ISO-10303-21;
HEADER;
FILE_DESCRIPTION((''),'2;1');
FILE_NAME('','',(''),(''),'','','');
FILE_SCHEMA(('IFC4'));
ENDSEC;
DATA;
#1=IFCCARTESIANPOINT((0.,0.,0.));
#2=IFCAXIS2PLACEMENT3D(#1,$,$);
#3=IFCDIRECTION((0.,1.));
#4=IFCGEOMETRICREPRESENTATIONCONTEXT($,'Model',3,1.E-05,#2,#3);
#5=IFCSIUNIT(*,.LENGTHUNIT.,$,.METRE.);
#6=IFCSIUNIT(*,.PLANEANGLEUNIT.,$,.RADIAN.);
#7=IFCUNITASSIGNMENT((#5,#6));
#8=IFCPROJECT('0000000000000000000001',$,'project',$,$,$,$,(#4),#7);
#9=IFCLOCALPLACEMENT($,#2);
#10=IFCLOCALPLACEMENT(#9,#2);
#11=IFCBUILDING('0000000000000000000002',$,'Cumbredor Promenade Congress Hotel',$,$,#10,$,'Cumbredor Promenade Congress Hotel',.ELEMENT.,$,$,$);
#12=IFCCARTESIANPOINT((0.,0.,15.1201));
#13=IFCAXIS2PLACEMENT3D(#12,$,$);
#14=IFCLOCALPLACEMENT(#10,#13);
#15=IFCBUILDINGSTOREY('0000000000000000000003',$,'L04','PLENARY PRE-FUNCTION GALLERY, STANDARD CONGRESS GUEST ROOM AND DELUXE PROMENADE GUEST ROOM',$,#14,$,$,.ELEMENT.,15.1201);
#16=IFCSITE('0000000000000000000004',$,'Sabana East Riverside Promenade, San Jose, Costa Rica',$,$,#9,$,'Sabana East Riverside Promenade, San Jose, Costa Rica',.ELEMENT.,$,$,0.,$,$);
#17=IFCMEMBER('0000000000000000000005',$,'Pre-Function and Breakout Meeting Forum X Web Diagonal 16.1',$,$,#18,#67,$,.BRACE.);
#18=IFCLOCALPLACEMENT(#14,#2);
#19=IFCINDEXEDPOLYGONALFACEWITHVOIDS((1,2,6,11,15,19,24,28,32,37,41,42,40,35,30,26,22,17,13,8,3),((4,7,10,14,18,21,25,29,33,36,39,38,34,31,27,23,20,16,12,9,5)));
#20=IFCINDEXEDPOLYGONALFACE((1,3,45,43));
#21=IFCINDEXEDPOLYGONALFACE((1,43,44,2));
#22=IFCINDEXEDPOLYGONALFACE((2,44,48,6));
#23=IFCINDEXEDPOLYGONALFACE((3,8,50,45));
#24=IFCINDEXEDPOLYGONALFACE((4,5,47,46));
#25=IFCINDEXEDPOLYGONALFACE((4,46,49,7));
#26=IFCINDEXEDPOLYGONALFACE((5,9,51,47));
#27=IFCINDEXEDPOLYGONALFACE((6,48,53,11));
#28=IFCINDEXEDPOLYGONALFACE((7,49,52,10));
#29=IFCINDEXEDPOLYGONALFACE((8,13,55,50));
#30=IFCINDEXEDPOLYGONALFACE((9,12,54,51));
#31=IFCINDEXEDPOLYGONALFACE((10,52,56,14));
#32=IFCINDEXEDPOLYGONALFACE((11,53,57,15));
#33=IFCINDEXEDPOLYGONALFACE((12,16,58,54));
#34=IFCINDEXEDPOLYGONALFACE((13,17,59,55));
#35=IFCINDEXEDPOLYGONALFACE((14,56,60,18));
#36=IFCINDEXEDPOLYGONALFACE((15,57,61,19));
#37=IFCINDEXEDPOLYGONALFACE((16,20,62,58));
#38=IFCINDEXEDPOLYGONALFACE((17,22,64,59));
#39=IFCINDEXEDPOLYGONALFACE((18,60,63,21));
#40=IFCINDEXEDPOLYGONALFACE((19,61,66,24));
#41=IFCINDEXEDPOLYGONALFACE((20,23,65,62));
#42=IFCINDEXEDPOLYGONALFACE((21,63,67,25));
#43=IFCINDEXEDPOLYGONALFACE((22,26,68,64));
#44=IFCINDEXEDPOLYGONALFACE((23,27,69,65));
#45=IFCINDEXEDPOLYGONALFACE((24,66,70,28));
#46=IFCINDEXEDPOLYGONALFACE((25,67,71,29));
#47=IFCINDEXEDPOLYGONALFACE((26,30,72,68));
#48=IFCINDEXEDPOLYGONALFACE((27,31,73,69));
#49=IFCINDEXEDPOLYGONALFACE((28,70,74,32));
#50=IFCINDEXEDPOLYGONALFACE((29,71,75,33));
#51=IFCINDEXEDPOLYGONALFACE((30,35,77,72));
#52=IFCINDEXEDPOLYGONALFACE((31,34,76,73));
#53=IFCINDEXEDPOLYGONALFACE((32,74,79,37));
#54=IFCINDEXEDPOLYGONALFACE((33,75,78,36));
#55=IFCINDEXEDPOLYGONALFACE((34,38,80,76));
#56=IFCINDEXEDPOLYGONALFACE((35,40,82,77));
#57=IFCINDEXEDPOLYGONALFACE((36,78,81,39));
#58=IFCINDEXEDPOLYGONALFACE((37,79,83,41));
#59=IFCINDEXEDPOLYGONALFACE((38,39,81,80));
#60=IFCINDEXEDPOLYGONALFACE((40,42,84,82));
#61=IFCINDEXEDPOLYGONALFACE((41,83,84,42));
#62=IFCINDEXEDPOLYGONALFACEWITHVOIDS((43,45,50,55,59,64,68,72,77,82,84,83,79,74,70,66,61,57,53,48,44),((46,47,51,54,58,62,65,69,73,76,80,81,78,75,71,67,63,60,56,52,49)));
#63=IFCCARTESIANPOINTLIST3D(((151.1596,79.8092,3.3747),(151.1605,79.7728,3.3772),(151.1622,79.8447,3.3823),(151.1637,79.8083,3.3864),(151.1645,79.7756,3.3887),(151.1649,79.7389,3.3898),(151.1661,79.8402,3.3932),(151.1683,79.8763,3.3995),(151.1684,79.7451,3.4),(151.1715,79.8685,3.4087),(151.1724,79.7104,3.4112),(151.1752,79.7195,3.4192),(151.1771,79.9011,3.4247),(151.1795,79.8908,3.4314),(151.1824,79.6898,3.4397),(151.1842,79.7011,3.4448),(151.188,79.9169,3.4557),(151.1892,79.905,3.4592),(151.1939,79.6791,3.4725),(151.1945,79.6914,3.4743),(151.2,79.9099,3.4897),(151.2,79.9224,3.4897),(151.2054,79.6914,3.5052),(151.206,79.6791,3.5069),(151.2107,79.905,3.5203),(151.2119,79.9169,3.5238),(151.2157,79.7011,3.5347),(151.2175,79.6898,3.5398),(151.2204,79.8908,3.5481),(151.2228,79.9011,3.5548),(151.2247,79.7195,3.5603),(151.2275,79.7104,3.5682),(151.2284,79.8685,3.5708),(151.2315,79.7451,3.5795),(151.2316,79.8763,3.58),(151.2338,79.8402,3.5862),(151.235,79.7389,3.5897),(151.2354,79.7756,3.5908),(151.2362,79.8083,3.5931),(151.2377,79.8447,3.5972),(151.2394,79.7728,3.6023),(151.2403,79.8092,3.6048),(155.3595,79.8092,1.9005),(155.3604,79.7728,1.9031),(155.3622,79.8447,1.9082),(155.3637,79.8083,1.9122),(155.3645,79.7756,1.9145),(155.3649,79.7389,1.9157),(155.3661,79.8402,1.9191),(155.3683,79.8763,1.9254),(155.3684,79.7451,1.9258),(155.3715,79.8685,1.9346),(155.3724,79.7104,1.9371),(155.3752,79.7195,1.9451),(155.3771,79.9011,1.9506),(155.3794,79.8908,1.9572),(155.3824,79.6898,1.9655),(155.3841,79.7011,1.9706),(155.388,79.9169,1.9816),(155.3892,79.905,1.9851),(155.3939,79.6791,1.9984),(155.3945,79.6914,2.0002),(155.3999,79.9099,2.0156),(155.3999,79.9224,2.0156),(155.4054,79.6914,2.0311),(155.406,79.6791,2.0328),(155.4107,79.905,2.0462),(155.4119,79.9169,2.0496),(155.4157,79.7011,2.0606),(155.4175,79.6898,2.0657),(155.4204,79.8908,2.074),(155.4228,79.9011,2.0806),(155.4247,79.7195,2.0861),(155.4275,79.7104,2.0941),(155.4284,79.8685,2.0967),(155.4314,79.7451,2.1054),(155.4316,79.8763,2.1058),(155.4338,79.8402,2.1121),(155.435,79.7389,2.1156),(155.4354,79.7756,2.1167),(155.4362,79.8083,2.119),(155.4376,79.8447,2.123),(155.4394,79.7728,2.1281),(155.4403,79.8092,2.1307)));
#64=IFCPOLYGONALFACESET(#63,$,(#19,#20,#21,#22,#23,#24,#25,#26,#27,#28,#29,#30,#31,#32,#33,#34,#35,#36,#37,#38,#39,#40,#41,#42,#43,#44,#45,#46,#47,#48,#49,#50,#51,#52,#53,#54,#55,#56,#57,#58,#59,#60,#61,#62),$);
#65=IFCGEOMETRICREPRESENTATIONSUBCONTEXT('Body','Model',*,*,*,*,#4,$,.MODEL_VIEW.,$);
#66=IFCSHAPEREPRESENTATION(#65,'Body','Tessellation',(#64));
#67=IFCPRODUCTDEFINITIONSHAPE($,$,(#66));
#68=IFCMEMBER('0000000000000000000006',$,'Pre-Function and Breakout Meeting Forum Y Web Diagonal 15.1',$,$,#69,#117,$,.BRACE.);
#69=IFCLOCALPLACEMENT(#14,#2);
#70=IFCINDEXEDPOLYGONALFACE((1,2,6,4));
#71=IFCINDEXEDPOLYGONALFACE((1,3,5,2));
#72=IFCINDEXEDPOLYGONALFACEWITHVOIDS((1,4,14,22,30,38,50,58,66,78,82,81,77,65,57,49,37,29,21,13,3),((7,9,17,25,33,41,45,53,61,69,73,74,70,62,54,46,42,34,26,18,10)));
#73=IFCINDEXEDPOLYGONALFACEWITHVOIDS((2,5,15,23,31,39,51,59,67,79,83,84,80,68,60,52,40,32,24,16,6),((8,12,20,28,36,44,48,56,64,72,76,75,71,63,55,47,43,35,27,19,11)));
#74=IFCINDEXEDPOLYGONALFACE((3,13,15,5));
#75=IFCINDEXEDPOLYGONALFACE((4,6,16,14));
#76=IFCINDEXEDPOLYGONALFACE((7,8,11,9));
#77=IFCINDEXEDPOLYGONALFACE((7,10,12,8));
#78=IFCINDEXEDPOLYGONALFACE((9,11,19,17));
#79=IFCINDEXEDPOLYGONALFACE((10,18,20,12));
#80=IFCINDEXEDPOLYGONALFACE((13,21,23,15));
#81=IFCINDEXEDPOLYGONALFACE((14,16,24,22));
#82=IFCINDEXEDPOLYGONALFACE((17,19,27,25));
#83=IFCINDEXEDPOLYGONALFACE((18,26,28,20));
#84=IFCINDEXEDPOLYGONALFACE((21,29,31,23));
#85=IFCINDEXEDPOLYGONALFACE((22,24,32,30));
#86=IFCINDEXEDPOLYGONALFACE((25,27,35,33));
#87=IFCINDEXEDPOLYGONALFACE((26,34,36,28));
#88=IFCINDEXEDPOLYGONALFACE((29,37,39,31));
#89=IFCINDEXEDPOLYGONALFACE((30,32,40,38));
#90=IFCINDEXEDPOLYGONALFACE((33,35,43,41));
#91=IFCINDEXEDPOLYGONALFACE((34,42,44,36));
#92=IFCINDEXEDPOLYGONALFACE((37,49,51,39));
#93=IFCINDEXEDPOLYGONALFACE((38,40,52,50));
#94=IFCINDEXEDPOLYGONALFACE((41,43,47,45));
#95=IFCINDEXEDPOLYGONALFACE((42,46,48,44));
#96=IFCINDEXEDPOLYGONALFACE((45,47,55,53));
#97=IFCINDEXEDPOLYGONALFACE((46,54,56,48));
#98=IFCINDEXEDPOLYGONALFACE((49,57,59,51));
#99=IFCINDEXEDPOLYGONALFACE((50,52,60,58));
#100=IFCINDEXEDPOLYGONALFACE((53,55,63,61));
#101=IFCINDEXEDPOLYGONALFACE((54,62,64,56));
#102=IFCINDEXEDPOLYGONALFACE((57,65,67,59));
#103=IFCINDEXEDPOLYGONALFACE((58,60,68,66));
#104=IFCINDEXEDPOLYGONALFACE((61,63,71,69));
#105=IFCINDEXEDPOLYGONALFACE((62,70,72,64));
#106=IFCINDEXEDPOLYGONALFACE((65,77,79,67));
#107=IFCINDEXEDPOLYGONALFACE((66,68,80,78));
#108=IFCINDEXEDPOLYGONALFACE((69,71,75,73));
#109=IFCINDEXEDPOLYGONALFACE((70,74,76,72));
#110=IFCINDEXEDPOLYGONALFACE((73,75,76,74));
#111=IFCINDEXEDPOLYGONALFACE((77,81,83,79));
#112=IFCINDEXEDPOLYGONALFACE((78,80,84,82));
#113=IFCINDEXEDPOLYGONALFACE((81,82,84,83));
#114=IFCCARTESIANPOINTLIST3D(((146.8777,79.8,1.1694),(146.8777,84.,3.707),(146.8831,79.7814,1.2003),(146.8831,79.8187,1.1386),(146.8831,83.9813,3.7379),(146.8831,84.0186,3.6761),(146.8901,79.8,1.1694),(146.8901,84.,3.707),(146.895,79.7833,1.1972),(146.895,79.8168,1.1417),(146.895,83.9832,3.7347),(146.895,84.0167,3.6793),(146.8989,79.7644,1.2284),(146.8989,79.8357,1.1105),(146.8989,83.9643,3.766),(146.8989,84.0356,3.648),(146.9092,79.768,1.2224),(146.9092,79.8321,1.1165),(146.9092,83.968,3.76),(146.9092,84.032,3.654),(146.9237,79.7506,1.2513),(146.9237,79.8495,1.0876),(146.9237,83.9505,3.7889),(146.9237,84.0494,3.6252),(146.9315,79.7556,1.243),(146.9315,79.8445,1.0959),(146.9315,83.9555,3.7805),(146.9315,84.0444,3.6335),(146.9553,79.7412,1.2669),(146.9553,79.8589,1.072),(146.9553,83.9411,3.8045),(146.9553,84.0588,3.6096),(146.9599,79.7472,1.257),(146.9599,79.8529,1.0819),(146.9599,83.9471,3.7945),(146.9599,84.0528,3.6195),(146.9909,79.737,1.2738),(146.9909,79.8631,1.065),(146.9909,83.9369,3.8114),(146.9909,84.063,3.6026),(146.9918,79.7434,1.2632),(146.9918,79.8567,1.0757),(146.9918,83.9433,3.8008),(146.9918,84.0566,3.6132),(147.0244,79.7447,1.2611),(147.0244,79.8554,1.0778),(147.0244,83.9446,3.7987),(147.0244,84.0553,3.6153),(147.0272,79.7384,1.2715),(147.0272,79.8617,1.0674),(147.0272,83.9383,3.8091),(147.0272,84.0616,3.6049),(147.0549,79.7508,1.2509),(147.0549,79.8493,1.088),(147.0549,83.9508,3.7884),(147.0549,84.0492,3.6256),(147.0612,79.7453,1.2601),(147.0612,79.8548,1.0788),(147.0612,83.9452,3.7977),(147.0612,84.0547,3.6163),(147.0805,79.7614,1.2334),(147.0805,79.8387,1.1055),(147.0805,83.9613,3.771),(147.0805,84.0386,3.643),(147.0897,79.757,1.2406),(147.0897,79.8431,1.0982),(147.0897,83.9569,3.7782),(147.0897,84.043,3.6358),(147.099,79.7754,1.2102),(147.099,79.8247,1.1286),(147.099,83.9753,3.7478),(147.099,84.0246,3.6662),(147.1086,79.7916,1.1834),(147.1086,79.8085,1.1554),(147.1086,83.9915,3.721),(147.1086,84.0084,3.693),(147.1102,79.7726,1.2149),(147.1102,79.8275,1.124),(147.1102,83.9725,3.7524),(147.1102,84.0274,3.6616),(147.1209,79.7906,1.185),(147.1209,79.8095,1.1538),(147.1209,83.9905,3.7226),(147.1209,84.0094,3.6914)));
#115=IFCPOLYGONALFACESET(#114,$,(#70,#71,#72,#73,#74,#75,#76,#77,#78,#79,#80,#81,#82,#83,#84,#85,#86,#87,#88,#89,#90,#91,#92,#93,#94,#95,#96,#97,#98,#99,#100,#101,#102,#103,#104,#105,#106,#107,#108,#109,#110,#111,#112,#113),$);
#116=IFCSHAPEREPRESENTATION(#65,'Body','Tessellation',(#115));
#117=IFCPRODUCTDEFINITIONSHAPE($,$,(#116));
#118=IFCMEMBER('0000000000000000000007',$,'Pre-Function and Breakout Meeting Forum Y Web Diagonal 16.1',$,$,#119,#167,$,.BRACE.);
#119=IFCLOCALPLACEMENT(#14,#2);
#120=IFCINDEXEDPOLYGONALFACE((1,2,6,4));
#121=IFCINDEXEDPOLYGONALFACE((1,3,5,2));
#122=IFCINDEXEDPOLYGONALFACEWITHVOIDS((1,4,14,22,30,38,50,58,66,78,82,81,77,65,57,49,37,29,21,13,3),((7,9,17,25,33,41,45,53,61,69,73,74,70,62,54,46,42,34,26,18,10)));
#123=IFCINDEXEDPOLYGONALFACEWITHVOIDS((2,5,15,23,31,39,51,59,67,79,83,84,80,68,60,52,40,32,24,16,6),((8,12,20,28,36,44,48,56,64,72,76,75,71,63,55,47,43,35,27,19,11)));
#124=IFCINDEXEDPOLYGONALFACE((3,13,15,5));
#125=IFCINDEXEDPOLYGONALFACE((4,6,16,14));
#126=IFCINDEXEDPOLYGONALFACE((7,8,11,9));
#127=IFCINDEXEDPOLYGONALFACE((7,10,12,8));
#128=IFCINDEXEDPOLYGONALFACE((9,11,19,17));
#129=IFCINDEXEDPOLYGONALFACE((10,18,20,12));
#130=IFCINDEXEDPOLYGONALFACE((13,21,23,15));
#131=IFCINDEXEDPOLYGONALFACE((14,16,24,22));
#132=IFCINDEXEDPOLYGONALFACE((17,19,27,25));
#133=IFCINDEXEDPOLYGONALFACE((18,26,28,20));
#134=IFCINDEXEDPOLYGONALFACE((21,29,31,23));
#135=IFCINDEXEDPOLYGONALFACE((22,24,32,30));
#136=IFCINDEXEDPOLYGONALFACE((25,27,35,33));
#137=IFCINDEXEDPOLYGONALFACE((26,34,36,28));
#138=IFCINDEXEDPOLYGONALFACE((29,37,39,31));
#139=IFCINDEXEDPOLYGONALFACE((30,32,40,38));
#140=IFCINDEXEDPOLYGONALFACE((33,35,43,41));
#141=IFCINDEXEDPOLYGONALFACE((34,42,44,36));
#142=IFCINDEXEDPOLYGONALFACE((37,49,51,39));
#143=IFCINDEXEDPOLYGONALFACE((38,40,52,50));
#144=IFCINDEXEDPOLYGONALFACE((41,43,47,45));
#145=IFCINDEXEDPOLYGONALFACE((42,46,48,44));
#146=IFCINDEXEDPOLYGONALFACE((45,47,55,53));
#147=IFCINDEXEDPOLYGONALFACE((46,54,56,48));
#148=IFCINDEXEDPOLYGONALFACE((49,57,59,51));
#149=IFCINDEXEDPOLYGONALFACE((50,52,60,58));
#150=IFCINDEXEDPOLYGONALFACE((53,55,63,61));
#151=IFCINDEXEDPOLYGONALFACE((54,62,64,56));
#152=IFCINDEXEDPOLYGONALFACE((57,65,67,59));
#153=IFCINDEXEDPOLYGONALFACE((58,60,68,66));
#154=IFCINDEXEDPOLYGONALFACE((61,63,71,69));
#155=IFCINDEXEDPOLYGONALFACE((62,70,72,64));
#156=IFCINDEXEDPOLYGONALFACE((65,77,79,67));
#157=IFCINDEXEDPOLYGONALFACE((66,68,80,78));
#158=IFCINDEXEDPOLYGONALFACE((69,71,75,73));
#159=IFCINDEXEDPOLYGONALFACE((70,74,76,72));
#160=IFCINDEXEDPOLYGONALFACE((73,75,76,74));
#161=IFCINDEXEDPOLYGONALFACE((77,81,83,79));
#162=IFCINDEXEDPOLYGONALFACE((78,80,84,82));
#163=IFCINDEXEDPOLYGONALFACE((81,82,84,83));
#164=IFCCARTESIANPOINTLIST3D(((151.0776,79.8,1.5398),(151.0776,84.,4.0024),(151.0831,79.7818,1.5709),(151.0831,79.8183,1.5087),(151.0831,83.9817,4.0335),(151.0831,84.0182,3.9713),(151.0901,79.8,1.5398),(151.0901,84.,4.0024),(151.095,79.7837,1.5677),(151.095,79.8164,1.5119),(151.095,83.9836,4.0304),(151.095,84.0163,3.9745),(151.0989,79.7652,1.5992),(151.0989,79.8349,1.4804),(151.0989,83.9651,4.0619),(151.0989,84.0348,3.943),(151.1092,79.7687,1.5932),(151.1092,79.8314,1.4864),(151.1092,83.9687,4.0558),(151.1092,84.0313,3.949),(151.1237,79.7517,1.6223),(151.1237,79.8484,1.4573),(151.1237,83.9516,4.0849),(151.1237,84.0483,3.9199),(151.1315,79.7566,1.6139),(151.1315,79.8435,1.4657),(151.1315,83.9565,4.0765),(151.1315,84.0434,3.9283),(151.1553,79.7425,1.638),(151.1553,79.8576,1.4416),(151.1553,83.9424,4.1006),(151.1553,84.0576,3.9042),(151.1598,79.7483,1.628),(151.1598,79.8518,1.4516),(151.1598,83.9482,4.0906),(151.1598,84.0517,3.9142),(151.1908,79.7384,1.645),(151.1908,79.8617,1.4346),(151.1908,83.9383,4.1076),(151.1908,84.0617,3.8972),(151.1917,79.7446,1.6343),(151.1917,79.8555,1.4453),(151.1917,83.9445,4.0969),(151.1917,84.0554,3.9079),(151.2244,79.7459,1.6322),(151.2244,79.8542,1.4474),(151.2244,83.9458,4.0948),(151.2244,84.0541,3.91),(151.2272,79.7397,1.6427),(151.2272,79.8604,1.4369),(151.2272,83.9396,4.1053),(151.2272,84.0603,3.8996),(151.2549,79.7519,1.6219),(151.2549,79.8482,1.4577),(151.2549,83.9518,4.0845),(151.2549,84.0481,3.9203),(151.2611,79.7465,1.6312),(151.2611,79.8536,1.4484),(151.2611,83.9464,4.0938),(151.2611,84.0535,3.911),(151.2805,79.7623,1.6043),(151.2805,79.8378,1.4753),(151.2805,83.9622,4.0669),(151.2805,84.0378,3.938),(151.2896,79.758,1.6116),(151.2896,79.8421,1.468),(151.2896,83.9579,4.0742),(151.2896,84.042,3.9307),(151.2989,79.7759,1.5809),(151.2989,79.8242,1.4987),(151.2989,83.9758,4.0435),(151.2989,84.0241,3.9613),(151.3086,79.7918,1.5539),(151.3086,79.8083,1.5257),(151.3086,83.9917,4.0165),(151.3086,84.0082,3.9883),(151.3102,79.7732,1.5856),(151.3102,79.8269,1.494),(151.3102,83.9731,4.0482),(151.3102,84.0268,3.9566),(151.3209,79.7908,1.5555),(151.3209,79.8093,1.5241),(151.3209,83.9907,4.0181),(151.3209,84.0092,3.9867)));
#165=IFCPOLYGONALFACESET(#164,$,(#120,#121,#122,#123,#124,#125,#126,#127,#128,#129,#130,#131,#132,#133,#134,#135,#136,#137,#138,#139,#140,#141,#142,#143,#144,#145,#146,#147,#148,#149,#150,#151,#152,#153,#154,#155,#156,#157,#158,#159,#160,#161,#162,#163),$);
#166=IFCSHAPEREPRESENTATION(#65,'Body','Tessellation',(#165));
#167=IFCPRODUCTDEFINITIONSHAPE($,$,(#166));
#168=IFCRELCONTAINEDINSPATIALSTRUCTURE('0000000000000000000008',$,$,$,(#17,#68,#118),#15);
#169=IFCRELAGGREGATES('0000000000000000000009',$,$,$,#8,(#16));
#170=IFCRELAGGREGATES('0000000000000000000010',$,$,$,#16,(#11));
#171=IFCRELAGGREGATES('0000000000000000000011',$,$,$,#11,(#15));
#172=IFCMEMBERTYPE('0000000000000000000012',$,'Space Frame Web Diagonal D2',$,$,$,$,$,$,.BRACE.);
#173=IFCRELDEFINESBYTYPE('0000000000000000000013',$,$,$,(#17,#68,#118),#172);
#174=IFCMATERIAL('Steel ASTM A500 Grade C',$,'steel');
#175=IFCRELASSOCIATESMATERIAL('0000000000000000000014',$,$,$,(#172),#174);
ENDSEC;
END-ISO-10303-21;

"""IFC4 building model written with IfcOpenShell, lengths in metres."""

from ifc_helpers import new_model, si_unit, direction, frame, origin, origin_2d, place, context, subcontext, project, spatial, hollow_circle, extrude, material, material_profile, profile_set, type_object, element, save


model = new_model("IFC4")

# Units and contexts
model_context = context("Model", 3, precision=1e-05, world=origin(), true_north=direction((0.0, 1.0)))
body_context = subcontext(model_context, "Body", "Model", "MODEL_VIEW")
ifc_project = project(units=[si_unit("LENGTHUNIT", "METRE"), si_unit("PLANEANGLEUNIT", "RADIAN")], contexts=[model_context])

# Site, building, storey
site_placement = place(None, origin())
site = spatial("IfcSite", under=ifc_project, at=site_placement, Name="Sabana East Riverside Promenade, San Jose, Costa Rica", LongName="Sabana East Riverside Promenade, San Jose, Costa Rica", CompositionType="ELEMENT", RefElevation=0.0)
building_placement = place(site_placement, origin())
building = spatial("IfcBuilding", under=site, at=building_placement, Name="Cumbredor Promenade Congress Hotel", LongName="Cumbredor Promenade Congress Hotel", CompositionType="ELEMENT")
storey_placement = place(building_placement, frame((0.0, 0.0, 15.1201)))
storey = spatial("IfcBuildingStorey", under=building, at=storey_placement, Name="L04", Description="PLENARY PRE-FUNCTION GALLERY, STANDARD CONGRESS GUEST ROOM AND DELUXE PROMENADE GUEST ROOM", CompositionType="ELEMENT", Elevation=15.1201)

# Members
ifc_material_1 = material(Name="Steel ASTM A500 Grade C", Category="steel")
ifc_material_profile_1 = material_profile(ifc_material_1, hollow_circle(Radius=0.1223, WallThickness=0.0125, at=origin_2d()), Name="CHS 244.5x12.5")
ifc_profile_set_1 = profile_set([ifc_material_profile_1], Name="Steel ASTM A500 Grade C")
member_type_1 = type_object("IfcMemberType", Name="Space Frame Web Diagonal D2", PredefinedType="BRACE", material=ifc_profile_set_1)
member_1_placement = place(storey_placement, frame((151.2, 79.8, 3.4897), z_axis=(0.943568, 0.0, -0.331179), x_axis=(0.0, 1.0, 0.0)))
element("IfcMember", 1, at=member_1_placement, inside=storey, type_object=member_type_1, Name="Pre-Function and Breakout Meeting Forum X Web Diagonal 16.1", PredefinedType="BRACE", context=body_context, shape_type="SweptSolid", body=[
    extrude(hollow_circle(Radius=0.1223, WallThickness=0.0125, at=origin_2d()), origin(), (0.0, 0.0, 1.0), 4.4512),
])
member_2_placement = place(storey_placement, frame((147.0, 79.8, 1.1694), z_axis=(0.0, 0.855904, 0.517135), x_axis=(-1.0, 0.0, 0.0)))
element("IfcMember", 2, at=member_2_placement, inside=storey, type_object=member_type_1, Name="Pre-Function and Breakout Meeting Forum Y Web Diagonal 15.1", PredefinedType="BRACE", context=body_context, shape_type="SweptSolid", body=[
    extrude(hollow_circle(Radius=0.1223, WallThickness=0.0125, at=origin_2d()), origin(), (0.0, 0.0, 1.0), 4.907),
])
member_3_placement = place(storey_placement, frame((151.2, 79.8, 1.5398), z_axis=(0.0, 0.862644, 0.505812), x_axis=(-1.0, 0.0, 0.0)))
element("IfcMember", 3, at=member_3_placement, inside=storey, type_object=member_type_1, Name="Pre-Function and Breakout Meeting Forum Y Web Diagonal 16.1", PredefinedType="BRACE", context=body_context, shape_type="SweptSolid", body=[
    extrude(hollow_circle(Radius=0.1223, WallThickness=0.0125, at=origin_2d()), origin(), (0.0, 0.0, 1.0), 4.8687),
])

save(model, "model.ifc")
